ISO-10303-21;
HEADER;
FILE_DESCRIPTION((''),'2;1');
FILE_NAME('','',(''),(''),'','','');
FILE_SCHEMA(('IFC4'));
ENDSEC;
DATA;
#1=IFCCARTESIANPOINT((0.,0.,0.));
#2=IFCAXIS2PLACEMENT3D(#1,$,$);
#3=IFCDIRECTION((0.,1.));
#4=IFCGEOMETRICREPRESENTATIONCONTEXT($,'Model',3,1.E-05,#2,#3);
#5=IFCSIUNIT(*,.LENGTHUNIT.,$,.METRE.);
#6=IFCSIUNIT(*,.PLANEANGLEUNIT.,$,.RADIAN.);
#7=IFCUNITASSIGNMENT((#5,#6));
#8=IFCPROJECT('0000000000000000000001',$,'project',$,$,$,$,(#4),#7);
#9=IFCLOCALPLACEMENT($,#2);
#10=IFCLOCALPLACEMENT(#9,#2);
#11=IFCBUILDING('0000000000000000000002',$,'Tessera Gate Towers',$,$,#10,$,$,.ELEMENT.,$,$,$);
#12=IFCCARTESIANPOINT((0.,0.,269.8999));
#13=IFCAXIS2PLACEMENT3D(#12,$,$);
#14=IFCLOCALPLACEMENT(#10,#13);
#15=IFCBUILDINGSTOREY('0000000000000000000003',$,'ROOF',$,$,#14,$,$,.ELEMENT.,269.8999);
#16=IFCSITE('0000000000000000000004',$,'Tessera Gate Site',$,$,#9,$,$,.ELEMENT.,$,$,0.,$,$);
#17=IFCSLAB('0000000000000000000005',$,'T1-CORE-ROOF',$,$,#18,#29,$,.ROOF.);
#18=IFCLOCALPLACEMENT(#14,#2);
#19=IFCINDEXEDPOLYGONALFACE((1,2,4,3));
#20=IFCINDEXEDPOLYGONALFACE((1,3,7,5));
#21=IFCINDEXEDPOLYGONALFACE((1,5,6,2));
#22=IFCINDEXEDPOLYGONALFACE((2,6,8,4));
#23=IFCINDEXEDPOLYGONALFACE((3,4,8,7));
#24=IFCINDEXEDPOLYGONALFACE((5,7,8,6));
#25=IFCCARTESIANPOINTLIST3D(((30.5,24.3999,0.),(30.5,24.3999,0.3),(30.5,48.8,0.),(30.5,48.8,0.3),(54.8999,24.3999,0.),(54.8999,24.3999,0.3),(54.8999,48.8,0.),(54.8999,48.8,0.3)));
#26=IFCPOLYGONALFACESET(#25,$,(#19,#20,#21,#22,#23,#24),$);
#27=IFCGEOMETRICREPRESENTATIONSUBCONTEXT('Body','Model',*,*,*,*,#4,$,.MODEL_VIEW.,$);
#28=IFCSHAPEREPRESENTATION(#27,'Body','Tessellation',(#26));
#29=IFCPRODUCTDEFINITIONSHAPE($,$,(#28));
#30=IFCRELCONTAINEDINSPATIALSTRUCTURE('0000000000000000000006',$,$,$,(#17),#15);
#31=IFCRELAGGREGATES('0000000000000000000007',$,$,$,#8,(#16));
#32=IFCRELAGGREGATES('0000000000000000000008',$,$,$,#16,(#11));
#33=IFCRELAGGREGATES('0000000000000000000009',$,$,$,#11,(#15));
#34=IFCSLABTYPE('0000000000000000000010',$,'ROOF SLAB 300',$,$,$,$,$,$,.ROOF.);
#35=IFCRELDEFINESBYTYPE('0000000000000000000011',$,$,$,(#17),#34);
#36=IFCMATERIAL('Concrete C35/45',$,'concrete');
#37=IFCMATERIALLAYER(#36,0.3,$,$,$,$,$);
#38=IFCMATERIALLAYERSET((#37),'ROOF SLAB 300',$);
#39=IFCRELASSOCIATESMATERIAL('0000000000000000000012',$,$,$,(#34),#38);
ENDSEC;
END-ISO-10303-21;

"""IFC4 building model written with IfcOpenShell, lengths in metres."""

from ifc_helpers import new_model, si_unit, direction, frame, origin, place, context, subcontext, project, spatial, polyline, outline, extrude, material, layer, layer_set, type_object, element, save


model = new_model("IFC4")

# Units and contexts
model_context = context("Model", 3, precision=1e-05, world=origin(), true_north=direction((0.0, 1.0)))
body_context = subcontext(model_context, "Body", "Model", "MODEL_VIEW")
ifc_project = project(units=[si_unit("LENGTHUNIT", "METRE"), si_unit("PLANEANGLEUNIT", "RADIAN")], contexts=[model_context])

# Site, building, storey
site_placement = place(None, origin())
site = spatial("IfcSite", under=ifc_project, at=site_placement, Name="Tessera Gate Site", CompositionType="ELEMENT", RefElevation=0.0)
building_placement = place(site_placement, origin())
building = spatial("IfcBuilding", under=site, at=building_placement, Name="Tessera Gate Towers", CompositionType="ELEMENT")
storey_placement = place(building_placement, frame((0.0, 0.0, 269.8999)))
storey = spatial("IfcBuildingStorey", under=building, at=storey_placement, Name="ROOF", CompositionType="ELEMENT", Elevation=269.8999)

# Slab
ifc_material = material(Name="Concrete C35/45", Category="concrete")
ifc_layer = layer(ifc_material, 0.3)
ifc_layer_set = layer_set([ifc_layer], Name="ROOF SLAB 300")
slab_type = type_object("IfcSlabType", Name="ROOF SLAB 300", PredefinedType="ROOF", material=ifc_layer_set)
slab_placement = place(storey_placement, origin())
element("IfcSlab", 1, at=slab_placement, inside=storey, type_object=slab_type, Name="T1-CORE-ROOF", PredefinedType="ROOF", context=body_context, shape_type="SweptSolid", body=[
    extrude(outline(polyline([(30.5, 24.3999), (54.8999, 24.3999), (54.8999, 48.8), (30.5, 48.8), (30.5, 24.3999)])), origin(), (0.0, 0.0, 1.0), 0.3),
])

save(model, "model.ifc")
